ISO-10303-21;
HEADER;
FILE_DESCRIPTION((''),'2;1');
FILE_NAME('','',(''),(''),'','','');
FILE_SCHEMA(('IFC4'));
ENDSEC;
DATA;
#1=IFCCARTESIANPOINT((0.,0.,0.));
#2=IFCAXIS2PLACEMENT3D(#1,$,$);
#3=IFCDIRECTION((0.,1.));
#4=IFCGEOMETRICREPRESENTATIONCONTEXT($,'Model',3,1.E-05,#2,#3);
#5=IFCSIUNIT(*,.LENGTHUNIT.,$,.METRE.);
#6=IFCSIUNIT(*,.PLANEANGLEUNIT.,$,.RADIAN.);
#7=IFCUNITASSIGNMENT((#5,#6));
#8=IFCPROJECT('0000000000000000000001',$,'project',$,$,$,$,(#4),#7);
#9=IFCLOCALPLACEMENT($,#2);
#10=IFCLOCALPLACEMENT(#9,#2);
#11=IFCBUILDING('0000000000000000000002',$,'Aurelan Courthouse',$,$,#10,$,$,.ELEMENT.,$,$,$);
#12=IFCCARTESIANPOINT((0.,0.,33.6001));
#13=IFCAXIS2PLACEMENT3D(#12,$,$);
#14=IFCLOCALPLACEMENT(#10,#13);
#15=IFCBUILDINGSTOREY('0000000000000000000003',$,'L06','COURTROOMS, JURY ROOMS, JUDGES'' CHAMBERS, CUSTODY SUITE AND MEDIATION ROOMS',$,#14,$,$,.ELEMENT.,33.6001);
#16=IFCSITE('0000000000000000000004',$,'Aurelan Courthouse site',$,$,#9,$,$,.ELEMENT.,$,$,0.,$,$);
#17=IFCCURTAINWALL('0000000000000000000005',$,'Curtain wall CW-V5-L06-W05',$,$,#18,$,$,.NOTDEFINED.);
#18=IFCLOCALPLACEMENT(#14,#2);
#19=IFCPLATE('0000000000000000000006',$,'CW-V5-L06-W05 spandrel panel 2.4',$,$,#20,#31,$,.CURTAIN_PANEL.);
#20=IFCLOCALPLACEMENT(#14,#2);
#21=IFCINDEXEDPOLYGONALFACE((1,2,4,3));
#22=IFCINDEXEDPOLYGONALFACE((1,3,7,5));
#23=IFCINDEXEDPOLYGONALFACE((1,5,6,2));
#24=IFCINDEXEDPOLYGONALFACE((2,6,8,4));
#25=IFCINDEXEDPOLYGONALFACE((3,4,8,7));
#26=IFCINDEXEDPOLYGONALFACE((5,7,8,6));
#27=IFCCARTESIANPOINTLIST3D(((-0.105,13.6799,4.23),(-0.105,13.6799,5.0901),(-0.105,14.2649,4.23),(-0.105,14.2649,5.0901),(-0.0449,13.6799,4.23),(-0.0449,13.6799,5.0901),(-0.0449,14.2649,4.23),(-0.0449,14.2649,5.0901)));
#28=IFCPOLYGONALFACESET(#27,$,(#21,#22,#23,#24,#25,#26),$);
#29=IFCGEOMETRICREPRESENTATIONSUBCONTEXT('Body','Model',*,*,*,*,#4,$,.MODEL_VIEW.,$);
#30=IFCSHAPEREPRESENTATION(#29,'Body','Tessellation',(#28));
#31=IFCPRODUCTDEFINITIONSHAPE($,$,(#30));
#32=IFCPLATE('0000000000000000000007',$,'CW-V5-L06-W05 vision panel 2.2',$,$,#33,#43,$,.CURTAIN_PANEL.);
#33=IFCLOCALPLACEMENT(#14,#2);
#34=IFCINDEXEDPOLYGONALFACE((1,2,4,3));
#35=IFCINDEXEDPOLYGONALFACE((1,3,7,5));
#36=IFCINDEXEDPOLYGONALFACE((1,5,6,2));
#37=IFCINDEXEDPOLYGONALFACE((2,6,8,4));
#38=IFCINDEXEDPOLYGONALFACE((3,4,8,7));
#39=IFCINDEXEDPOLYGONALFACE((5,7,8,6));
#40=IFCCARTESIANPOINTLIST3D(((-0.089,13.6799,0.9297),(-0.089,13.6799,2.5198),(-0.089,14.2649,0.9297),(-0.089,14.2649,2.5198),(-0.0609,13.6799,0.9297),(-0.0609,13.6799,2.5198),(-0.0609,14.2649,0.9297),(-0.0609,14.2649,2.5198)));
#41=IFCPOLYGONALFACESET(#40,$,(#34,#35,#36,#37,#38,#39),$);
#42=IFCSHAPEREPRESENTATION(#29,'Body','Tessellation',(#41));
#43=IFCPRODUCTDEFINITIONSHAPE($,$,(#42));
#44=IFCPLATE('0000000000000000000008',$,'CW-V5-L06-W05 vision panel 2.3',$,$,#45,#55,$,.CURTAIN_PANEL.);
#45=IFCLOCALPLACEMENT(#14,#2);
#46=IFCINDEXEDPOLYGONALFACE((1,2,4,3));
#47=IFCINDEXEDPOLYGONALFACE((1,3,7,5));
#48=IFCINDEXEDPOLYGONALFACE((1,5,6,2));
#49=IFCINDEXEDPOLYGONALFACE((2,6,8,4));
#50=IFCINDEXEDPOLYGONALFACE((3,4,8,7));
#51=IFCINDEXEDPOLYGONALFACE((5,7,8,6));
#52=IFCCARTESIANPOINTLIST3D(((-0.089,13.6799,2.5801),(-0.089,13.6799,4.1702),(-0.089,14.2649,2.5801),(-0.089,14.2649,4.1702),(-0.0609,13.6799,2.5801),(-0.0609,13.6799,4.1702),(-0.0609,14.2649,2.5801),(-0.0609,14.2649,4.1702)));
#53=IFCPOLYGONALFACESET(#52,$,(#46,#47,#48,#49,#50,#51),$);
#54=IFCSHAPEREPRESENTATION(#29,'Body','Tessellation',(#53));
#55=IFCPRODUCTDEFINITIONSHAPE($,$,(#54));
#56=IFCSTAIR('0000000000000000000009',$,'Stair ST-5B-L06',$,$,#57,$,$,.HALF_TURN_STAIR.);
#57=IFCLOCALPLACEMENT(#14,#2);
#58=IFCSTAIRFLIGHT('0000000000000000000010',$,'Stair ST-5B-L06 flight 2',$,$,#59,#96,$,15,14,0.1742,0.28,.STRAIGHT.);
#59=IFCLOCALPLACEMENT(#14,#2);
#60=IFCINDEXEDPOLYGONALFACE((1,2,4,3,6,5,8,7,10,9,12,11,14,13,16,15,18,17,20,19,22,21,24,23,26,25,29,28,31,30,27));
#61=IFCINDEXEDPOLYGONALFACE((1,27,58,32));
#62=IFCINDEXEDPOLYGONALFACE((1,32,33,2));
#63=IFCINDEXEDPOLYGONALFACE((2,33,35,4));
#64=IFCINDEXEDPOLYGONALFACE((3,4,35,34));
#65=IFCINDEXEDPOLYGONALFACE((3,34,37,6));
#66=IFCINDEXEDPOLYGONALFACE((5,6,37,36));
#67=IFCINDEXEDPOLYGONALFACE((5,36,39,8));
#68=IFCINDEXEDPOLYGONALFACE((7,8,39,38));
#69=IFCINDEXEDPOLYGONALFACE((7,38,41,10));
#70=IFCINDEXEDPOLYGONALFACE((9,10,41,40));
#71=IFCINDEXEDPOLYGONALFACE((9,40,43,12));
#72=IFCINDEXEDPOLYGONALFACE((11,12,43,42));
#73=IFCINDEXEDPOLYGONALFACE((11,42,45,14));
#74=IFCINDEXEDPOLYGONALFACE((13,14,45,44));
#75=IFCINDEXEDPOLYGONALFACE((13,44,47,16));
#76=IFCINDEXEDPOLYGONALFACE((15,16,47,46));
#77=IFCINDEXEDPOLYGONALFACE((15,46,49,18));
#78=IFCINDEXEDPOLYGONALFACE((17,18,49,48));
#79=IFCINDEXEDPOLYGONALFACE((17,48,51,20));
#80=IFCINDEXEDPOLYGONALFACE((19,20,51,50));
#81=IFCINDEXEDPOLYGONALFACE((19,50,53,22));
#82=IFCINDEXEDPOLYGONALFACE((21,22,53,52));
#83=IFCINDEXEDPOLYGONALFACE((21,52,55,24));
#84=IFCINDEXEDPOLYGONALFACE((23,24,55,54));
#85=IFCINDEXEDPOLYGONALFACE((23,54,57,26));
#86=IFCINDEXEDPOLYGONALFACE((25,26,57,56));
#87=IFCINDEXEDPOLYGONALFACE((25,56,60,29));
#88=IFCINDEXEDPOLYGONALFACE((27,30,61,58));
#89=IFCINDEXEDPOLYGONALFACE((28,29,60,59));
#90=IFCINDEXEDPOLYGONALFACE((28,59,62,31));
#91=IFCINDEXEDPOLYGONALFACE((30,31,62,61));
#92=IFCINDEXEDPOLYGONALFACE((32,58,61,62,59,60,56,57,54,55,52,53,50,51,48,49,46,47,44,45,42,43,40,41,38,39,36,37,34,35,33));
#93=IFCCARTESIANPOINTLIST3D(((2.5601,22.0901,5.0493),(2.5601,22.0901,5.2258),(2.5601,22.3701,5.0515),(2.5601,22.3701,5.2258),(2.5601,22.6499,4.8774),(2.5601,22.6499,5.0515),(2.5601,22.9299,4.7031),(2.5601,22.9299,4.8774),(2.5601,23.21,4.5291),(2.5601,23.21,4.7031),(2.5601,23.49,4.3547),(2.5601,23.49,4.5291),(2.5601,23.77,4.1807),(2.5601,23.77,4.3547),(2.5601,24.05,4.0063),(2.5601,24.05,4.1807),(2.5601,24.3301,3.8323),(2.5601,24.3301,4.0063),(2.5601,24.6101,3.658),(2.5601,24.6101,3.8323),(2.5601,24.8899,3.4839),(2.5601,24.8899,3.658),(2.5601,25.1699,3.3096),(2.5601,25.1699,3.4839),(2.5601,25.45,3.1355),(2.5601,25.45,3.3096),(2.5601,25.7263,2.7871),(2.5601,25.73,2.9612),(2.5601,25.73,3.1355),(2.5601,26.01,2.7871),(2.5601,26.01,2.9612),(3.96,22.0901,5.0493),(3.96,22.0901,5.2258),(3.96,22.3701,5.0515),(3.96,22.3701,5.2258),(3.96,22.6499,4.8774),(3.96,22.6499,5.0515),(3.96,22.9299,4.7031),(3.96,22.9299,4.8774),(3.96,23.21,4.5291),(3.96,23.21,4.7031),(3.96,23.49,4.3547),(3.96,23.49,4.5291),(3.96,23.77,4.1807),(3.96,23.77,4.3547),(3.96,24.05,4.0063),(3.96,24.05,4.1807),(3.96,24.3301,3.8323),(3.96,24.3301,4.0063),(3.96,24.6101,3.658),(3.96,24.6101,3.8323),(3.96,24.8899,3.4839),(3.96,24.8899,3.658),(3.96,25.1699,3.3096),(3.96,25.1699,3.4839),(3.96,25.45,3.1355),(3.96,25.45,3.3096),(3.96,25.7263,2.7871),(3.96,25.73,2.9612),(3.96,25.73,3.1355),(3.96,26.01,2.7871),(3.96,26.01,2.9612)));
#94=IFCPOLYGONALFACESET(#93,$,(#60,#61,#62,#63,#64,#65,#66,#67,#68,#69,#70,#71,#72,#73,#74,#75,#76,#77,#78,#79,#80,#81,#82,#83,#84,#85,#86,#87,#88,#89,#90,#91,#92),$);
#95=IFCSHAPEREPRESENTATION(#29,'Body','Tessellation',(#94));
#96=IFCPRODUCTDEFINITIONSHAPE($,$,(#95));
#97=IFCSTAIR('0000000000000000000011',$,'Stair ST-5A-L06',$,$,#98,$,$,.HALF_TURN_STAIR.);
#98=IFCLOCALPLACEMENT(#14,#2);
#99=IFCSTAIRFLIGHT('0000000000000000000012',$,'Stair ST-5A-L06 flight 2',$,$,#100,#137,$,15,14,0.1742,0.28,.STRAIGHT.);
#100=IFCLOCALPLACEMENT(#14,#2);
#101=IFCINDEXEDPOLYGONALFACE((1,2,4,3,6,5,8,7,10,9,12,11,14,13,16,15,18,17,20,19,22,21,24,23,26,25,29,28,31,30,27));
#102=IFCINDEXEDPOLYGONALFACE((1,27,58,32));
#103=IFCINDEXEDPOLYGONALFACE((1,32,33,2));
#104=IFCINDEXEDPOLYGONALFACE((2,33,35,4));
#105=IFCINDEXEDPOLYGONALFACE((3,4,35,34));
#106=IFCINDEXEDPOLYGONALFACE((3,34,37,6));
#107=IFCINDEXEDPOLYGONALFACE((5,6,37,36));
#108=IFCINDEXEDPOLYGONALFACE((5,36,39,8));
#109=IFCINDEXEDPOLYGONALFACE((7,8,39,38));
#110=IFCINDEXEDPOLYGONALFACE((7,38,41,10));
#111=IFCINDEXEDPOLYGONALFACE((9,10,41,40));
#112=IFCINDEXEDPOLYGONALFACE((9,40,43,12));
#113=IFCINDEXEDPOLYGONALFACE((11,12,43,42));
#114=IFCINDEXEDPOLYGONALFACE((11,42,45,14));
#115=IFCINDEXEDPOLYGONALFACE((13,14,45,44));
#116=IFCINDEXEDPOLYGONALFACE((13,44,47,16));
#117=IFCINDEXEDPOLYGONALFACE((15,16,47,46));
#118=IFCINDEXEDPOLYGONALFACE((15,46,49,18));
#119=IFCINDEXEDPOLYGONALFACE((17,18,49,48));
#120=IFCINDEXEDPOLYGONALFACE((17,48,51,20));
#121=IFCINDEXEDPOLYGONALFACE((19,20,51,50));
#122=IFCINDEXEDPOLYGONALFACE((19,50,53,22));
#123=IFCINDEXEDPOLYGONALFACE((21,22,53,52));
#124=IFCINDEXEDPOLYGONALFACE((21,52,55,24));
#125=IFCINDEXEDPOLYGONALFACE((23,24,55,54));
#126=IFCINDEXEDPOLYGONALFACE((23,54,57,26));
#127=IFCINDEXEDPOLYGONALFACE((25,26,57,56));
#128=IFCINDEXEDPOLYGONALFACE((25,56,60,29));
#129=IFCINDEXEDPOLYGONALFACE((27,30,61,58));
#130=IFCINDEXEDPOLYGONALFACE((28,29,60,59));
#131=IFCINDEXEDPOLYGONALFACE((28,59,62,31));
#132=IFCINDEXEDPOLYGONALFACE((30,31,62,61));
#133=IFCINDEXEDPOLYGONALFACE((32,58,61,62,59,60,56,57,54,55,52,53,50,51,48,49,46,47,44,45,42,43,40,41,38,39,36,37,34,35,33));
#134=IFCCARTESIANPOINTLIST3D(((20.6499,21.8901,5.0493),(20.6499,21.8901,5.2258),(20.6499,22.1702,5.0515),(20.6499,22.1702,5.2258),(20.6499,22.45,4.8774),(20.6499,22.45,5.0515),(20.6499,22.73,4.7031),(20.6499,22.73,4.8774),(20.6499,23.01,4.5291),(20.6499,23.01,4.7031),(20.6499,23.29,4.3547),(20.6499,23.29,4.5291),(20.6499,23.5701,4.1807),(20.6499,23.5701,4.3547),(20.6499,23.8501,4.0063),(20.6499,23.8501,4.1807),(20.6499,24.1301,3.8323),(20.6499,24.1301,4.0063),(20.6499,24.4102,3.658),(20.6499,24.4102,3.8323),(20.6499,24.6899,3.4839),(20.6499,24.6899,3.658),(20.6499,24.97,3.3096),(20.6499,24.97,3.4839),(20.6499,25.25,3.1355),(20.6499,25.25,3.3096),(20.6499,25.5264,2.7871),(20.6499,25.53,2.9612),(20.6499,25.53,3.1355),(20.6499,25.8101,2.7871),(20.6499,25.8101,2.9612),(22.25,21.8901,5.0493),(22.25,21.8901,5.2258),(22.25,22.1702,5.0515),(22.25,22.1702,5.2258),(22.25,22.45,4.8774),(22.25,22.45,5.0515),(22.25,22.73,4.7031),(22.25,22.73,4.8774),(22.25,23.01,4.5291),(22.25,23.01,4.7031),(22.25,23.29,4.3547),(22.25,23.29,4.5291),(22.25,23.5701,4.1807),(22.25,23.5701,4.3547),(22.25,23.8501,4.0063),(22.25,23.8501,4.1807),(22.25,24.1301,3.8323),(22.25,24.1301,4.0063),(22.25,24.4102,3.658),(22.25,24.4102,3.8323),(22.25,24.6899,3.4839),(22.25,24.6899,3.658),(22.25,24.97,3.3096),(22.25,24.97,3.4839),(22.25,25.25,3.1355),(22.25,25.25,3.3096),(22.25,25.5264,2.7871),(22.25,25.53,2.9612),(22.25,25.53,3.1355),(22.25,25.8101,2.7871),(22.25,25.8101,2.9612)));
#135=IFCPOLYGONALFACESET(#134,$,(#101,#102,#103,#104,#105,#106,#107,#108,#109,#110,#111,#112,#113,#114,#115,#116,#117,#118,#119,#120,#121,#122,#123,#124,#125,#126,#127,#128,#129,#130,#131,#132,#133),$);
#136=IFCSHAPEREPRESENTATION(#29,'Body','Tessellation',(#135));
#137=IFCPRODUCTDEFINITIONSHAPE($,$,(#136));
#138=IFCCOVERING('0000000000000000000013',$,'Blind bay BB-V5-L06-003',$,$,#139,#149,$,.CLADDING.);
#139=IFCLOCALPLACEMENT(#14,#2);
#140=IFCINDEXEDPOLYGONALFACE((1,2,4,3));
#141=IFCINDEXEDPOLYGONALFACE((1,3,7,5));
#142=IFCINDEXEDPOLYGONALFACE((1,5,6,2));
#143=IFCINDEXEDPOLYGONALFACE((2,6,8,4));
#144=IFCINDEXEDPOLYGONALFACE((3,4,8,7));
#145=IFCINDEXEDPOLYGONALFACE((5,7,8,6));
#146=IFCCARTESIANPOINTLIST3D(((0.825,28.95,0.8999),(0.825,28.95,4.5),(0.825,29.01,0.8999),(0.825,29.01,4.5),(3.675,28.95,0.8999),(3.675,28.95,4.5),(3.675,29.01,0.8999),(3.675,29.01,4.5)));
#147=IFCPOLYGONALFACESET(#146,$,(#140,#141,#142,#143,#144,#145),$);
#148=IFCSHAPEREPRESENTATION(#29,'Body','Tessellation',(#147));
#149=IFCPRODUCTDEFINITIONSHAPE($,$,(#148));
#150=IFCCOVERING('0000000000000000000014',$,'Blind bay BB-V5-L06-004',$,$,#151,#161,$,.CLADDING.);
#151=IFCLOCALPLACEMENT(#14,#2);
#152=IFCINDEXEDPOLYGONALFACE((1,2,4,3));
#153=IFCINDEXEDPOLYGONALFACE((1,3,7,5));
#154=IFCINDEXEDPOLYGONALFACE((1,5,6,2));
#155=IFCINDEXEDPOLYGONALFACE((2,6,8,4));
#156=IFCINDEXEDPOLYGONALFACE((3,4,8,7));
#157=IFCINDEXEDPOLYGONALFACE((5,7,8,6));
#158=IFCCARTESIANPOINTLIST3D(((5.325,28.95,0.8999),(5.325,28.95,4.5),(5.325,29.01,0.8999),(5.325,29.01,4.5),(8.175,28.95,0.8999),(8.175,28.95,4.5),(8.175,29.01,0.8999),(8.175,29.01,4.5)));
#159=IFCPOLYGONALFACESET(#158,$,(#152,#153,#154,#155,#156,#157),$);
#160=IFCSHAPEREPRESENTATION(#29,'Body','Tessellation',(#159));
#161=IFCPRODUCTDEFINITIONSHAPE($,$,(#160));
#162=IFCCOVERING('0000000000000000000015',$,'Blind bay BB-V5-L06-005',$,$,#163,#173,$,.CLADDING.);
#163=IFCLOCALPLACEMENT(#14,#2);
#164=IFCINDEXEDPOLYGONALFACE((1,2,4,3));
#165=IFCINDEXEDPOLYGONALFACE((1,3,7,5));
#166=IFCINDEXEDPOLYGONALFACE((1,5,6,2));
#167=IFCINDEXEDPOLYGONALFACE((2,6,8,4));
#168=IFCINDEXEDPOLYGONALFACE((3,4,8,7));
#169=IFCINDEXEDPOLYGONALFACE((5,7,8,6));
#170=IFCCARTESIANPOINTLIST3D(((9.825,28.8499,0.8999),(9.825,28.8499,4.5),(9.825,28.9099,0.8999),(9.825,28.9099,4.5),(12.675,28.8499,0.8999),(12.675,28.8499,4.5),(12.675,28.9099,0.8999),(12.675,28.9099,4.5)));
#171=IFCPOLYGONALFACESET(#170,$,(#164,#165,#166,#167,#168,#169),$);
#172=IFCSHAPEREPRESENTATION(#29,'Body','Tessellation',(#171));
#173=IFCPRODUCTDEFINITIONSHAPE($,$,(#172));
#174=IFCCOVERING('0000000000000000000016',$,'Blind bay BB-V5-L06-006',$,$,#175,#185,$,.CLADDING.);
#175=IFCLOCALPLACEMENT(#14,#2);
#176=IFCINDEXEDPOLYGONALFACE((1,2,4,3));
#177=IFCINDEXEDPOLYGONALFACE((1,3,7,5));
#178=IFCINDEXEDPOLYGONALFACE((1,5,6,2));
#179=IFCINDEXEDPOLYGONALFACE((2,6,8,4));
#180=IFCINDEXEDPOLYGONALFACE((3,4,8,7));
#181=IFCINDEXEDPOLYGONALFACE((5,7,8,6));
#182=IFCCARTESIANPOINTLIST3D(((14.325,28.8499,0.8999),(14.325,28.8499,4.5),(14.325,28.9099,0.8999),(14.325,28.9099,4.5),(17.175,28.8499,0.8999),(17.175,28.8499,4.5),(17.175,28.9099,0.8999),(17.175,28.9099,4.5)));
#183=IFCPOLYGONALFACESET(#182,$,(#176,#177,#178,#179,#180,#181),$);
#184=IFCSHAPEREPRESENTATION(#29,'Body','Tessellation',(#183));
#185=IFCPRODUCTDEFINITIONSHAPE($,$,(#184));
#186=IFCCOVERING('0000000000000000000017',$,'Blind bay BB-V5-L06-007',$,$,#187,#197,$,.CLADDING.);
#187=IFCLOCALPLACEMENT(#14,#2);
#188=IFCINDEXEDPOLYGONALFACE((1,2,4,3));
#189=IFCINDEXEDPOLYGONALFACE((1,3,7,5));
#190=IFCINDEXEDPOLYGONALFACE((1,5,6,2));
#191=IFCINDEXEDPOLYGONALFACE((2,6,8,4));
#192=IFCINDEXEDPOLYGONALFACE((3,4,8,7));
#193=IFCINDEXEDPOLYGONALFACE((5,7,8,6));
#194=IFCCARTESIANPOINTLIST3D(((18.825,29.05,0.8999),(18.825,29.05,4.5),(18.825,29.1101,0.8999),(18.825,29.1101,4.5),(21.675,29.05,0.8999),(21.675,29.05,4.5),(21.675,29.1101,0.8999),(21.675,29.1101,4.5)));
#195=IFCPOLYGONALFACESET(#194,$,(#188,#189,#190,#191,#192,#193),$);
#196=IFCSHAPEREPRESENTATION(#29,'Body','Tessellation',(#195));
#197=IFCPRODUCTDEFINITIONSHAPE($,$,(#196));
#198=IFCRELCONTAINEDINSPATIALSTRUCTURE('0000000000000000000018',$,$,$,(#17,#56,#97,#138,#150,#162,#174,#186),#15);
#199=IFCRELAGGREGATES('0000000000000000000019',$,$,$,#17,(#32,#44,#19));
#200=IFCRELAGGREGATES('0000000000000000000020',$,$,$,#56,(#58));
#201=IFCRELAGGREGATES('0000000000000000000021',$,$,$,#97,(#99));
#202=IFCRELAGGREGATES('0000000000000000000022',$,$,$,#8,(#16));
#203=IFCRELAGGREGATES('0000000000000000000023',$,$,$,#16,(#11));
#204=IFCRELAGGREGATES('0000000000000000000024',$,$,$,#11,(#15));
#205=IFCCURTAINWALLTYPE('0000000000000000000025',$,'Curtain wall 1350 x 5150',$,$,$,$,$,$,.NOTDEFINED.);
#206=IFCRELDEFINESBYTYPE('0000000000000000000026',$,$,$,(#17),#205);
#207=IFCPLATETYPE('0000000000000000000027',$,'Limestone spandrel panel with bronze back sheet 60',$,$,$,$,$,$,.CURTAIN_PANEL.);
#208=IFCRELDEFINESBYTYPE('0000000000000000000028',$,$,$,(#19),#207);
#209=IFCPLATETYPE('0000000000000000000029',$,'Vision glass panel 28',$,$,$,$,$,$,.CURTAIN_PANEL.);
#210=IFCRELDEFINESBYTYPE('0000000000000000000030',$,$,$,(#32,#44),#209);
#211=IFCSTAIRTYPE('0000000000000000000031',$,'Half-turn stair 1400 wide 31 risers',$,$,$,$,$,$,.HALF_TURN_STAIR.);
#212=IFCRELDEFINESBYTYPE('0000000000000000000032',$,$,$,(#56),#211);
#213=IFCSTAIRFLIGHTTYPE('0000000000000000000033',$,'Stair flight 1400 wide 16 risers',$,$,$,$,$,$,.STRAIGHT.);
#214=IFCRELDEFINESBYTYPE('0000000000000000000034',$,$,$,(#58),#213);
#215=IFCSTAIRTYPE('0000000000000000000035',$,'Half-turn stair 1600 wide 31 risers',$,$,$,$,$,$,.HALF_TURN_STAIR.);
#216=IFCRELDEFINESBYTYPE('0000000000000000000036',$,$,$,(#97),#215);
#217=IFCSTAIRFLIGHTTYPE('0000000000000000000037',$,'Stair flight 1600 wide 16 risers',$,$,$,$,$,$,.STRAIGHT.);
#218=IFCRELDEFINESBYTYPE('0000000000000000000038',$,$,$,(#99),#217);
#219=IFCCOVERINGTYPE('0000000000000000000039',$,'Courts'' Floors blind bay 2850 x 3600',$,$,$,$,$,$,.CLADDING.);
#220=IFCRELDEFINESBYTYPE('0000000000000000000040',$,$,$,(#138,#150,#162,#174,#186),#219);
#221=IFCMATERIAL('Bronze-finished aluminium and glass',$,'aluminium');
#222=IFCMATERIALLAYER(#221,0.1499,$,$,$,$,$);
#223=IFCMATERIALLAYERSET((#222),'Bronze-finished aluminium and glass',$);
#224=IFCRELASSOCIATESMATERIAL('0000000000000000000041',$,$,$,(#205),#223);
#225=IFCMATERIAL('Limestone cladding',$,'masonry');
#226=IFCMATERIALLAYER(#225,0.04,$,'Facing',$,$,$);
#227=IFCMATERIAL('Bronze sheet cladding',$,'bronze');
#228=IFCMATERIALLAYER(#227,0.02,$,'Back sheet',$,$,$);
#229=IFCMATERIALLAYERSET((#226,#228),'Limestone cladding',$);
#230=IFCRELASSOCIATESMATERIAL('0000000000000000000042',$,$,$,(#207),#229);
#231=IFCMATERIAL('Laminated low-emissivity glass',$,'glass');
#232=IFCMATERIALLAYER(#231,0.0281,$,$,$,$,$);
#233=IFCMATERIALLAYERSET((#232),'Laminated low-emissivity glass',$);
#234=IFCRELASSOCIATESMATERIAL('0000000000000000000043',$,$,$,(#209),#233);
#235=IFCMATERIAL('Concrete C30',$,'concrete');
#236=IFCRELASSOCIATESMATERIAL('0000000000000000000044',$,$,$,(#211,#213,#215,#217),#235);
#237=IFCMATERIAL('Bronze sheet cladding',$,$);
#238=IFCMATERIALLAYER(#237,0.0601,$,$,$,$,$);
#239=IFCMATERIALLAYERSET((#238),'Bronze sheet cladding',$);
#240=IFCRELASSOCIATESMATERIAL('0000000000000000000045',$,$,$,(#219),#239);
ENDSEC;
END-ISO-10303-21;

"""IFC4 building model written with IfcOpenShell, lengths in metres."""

from ifc_helpers import new_model, si_unit, direction, frame, origin, origin_2d, place, context, subcontext, project, spatial, polyline, rectangle, outline, extrude, material, layer, layer_set, type_object, element, aggregate, save


model = new_model("IFC4")

# Units and contexts
model_context = context("Model", 3, precision=1e-05, world=origin(), true_north=direction((0.0, 1.0)))
body_context = subcontext(model_context, "Body", "Model", "MODEL_VIEW")
ifc_project = project(units=[si_unit("LENGTHUNIT", "METRE"), si_unit("PLANEANGLEUNIT", "RADIAN")], contexts=[model_context])

# Site, building, storey
site_placement = place(None, origin())
site = spatial("IfcSite", under=ifc_project, at=site_placement, Name="Aurelan Courthouse site", CompositionType="ELEMENT", RefElevation=0.0)
building_placement = place(site_placement, origin())
building = spatial("IfcBuilding", under=site, at=building_placement, Name="Aurelan Courthouse", CompositionType="ELEMENT")
storey_placement = place(building_placement, frame((0.0, 0.0, 33.6001)))
storey = spatial("IfcBuildingStorey", under=building, at=storey_placement, Name="L06", Description="COURTROOMS, JURY ROOMS, JUDGES' CHAMBERS, CUSTODY SUITE AND MEDIATION ROOMS", CompositionType="ELEMENT", Elevation=33.6001)

# Curtain wall, plates
ifc_material_1 = material(Name="Bronze-finished aluminium and glass", Category="aluminium")
ifc_layer_1 = layer(ifc_material_1, 0.1499)
ifc_layer_set_1 = layer_set([ifc_layer_1], Name="Bronze-finished aluminium and glass")
curtain_wall_type = type_object("IfcCurtainWallType", Name="Curtain wall 1350 x 5150", PredefinedType="NOTDEFINED", material=ifc_layer_set_1)
curtain_wall_placement = place(storey_placement, origin())
curtain_wall = element("IfcCurtainWall", 1, at=curtain_wall_placement, inside=storey, type_object=curtain_wall_type, Name="Curtain wall CW-V5-L06-W05", PredefinedType="NOTDEFINED")
ifc_material_2 = material(Name="Limestone cladding", Category="masonry")
ifc_layer_2 = layer(ifc_material_2, 0.04, Name="Facing")
ifc_material_3 = material(Name="Bronze sheet cladding", Category="bronze")
ifc_layer_3 = layer(ifc_material_3, 0.02, Name="Back sheet")
ifc_layer_set_2 = layer_set([ifc_layer_2, ifc_layer_3], Name="Limestone cladding")
plate_type_1 = type_object("IfcPlateType", Name="Limestone spandrel panel with bronze back sheet 60", PredefinedType="CURTAIN_PANEL", material=ifc_layer_set_2)
plate_1_placement = place(storey_placement, frame((-0.075, 13.9724, 4.23), z_axis=(0.0, 0.0, 1.0), x_axis=(0.0, 1.0, 0.0)))
plate_1 = element("IfcPlate", 2, at=plate_1_placement, type_object=plate_type_1, Name="CW-V5-L06-W05 spandrel panel 2.4", PredefinedType="CURTAIN_PANEL", context=body_context, shape_type="SweptSolid", body=[
    extrude(rectangle(XDim=0.585, YDim=0.0601, at=origin_2d()), origin(), (0.0, 0.0, 1.0), 0.8601),
])
ifc_material_4 = material(Name="Laminated low-emissivity glass", Category="glass")
ifc_layer_4 = layer(ifc_material_4, 0.0281)
ifc_layer_set_3 = layer_set([ifc_layer_4], Name="Laminated low-emissivity glass")
plate_type_2 = type_object("IfcPlateType", Name="Vision glass panel 28", PredefinedType="CURTAIN_PANEL", material=ifc_layer_set_3)
plate_2_placement = place(storey_placement, frame((-0.075, 13.9724, 0.9297), z_axis=(0.0, 0.0, 1.0), x_axis=(0.0, 1.0, 0.0)))
plate_2 = element("IfcPlate", 3, at=plate_2_placement, type_object=plate_type_2, Name="CW-V5-L06-W05 vision panel 2.2", PredefinedType="CURTAIN_PANEL", context=body_context, shape_type="SweptSolid", body=[
    extrude(rectangle(XDim=0.585, YDim=0.0281, at=origin_2d()), origin(), (0.0, 0.0, 1.0), 1.5901),
])
plate_3_placement = place(storey_placement, frame((-0.075, 13.9724, 2.5801), z_axis=(0.0, 0.0, 1.0), x_axis=(0.0, 1.0, 0.0)))
plate_3 = element("IfcPlate", 4, at=plate_3_placement, type_object=plate_type_2, Name="CW-V5-L06-W05 vision panel 2.3", PredefinedType="CURTAIN_PANEL", context=body_context, shape_type="SweptSolid", body=[
    extrude(rectangle(XDim=0.585, YDim=0.0281, at=origin_2d()), origin(), (0.0, 0.0, 1.0), 1.5901),
])
aggregate(curtain_wall, [plate_2, plate_3, plate_1])

# Stairs, stair flights
ifc_material_5 = material(Name="Concrete C30", Category="concrete")
stair_type_1 = type_object("IfcStairType", Name="Half-turn stair 1400 wide 31 risers", PredefinedType="HALF_TURN_STAIR", material=ifc_material_5)
stair_1_placement = place(storey_placement, origin())
stair_1 = element("IfcStair", 5, at=stair_1_placement, inside=storey, type_object=stair_type_1, Name="Stair ST-5B-L06", PredefinedType="HALF_TURN_STAIR")
stair_flight_type_1 = type_object("IfcStairFlightType", Name="Stair flight 1400 wide 16 risers", PredefinedType="STRAIGHT", material=ifc_material_5)
stair_flight_1_placement = place(storey_placement, frame((3.26, 26.01, 2.7871), z_axis=(0.0, 0.0, 1.0), x_axis=(0.0, -1.0, 0.0)))
stair_flight_1 = element("IfcStairFlight", 6, at=stair_flight_1_placement, type_object=stair_flight_type_1, Name="Stair ST-5B-L06 flight 2", NumberOfRisers=15, NumberOfTreads=14, PredefinedType="STRAIGHT", RiserHeight=0.1742, TreadLength=0.28, context=body_context, shape_type="SweptSolid", body=[
    extrude(outline(polyline([(0.0, 0.0), (0.0, 0.1741), (0.28, 0.1741), (0.28, 0.3484), (0.5601, 0.3484), (0.5601, 0.5225), (0.8401, 0.5225), (0.8401, 0.6968), (1.1201, 0.6968), (1.1201, 0.8708), (1.3999, 0.8708), (1.3999, 1.0452), (1.6799, 1.0452), (1.6799, 1.2192), (1.96, 1.2192), (1.96, 1.3936), (2.24, 1.3936), (2.24, 1.5676), (2.52, 1.5676), (2.52, 1.7419), (2.8, 1.7419), (2.8, 1.916), (3.0801, 1.916), (3.0801, 2.0903), (3.3601, 2.0903), (3.3601, 2.2644), (3.6399, 2.2644), (3.6399, 2.4387), (3.9199, 2.4387), (3.9199, 2.6128), (3.9199, 2.2622), (0.2837, 0.0), (0.0, 0.0)])), frame((0.0, 0.7, 0.0), z_axis=(0.0, -1.0, 0.0), x_axis=(1.0, 0.0, 0.0)), (0.0, 0.0, 1.0), 1.3999),
])
aggregate(stair_1, [stair_flight_1])
stair_type_2 = type_object("IfcStairType", Name="Half-turn stair 1600 wide 31 risers", PredefinedType="HALF_TURN_STAIR", material=ifc_material_5)
stair_2_placement = place(storey_placement, origin())
stair_2 = element("IfcStair", 7, at=stair_2_placement, inside=storey, type_object=stair_type_2, Name="Stair ST-5A-L06", PredefinedType="HALF_TURN_STAIR")
stair_flight_type_2 = type_object("IfcStairFlightType", Name="Stair flight 1600 wide 16 risers", PredefinedType="STRAIGHT", material=ifc_material_5)
stair_flight_2_placement = place(storey_placement, frame((21.45, 25.8101, 2.7871), z_axis=(0.0, 0.0, 1.0), x_axis=(0.0, -1.0, 0.0)))
stair_flight_2 = element("IfcStairFlight", 8, at=stair_flight_2_placement, type_object=stair_flight_type_2, Name="Stair ST-5A-L06 flight 2", NumberOfRisers=15, NumberOfTreads=14, PredefinedType="STRAIGHT", RiserHeight=0.1742, TreadLength=0.28, context=body_context, shape_type="SweptSolid", body=[
    extrude(outline(polyline([(0.0, 0.0), (0.0, 0.1741), (0.28, 0.1741), (0.28, 0.3484), (0.5601, 0.3484), (0.5601, 0.5225), (0.8401, 0.5225), (0.8401, 0.6968), (1.1201, 0.6968), (1.1201, 0.8708), (1.3999, 0.8708), (1.3999, 1.0452), (1.6799, 1.0452), (1.6799, 1.2192), (1.96, 1.2192), (1.96, 1.3936), (2.24, 1.3936), (2.24, 1.5676), (2.52, 1.5676), (2.52, 1.7419), (2.8, 1.7419), (2.8, 1.916), (3.0801, 1.916), (3.0801, 2.0903), (3.3601, 2.0903), (3.3601, 2.2644), (3.6399, 2.2644), (3.6399, 2.4387), (3.9199, 2.4387), (3.9199, 2.6128), (3.9199, 2.2622), (0.2837, 0.0), (0.0, 0.0)])), frame((0.0, 0.8, 0.0), z_axis=(0.0, -1.0, 0.0), x_axis=(1.0, 0.0, 0.0)), (0.0, 0.0, 1.0), 1.6001),
])
aggregate(stair_2, [stair_flight_2])

# Coverings
ifc_material_6 = material(Name="Bronze sheet cladding")
ifc_layer_5 = layer(ifc_material_6, 0.0601)
ifc_layer_set_4 = layer_set([ifc_layer_5], Name="Bronze sheet cladding")
covering_type = type_object("IfcCoveringType", Name="Courts' Floors blind bay 2850 x 3600", PredefinedType="CLADDING", material=ifc_layer_set_4)
for number, where, z_axis, x_axis, name in (
    (9, (2.25, 28.98, 0.8999), (0.0, 0.0, 1.0), (1.0, 0.0, 0.0), "Blind bay BB-V5-L06-003"),
    (10, (6.75, 28.98, 0.8999), (0.0, 0.0, 1.0), (1.0, 0.0, 0.0), "Blind bay BB-V5-L06-004"),
    (11, (11.25, 28.8799, 0.8999), (0.0, 0.0, 1.0), (1.0, 0.0, 0.0), "Blind bay BB-V5-L06-005"),
    (12, (15.75, 28.8799, 0.8999), (0.0, 0.0, 1.0), (1.0, 0.0, 0.0), "Blind bay BB-V5-L06-006"),
    (13, (20.25, 29.0801, 0.8999), (0.0, 0.0, 1.0), (1.0, 0.0, 0.0), "Blind bay BB-V5-L06-007"),
):
    element("IfcCovering", number, at=place(storey_placement, frame(where, z_axis=z_axis, x_axis=x_axis)), inside=storey, type_object=covering_type, Name=name, PredefinedType="CLADDING", context=body_context, shape_type="SweptSolid", body=[
        extrude(rectangle(XDim=2.8501, YDim=0.0601, at=origin_2d()), origin(), (0.0, 0.0, 1.0), 3.6001),
    ])

save(model, "model.ifc")
